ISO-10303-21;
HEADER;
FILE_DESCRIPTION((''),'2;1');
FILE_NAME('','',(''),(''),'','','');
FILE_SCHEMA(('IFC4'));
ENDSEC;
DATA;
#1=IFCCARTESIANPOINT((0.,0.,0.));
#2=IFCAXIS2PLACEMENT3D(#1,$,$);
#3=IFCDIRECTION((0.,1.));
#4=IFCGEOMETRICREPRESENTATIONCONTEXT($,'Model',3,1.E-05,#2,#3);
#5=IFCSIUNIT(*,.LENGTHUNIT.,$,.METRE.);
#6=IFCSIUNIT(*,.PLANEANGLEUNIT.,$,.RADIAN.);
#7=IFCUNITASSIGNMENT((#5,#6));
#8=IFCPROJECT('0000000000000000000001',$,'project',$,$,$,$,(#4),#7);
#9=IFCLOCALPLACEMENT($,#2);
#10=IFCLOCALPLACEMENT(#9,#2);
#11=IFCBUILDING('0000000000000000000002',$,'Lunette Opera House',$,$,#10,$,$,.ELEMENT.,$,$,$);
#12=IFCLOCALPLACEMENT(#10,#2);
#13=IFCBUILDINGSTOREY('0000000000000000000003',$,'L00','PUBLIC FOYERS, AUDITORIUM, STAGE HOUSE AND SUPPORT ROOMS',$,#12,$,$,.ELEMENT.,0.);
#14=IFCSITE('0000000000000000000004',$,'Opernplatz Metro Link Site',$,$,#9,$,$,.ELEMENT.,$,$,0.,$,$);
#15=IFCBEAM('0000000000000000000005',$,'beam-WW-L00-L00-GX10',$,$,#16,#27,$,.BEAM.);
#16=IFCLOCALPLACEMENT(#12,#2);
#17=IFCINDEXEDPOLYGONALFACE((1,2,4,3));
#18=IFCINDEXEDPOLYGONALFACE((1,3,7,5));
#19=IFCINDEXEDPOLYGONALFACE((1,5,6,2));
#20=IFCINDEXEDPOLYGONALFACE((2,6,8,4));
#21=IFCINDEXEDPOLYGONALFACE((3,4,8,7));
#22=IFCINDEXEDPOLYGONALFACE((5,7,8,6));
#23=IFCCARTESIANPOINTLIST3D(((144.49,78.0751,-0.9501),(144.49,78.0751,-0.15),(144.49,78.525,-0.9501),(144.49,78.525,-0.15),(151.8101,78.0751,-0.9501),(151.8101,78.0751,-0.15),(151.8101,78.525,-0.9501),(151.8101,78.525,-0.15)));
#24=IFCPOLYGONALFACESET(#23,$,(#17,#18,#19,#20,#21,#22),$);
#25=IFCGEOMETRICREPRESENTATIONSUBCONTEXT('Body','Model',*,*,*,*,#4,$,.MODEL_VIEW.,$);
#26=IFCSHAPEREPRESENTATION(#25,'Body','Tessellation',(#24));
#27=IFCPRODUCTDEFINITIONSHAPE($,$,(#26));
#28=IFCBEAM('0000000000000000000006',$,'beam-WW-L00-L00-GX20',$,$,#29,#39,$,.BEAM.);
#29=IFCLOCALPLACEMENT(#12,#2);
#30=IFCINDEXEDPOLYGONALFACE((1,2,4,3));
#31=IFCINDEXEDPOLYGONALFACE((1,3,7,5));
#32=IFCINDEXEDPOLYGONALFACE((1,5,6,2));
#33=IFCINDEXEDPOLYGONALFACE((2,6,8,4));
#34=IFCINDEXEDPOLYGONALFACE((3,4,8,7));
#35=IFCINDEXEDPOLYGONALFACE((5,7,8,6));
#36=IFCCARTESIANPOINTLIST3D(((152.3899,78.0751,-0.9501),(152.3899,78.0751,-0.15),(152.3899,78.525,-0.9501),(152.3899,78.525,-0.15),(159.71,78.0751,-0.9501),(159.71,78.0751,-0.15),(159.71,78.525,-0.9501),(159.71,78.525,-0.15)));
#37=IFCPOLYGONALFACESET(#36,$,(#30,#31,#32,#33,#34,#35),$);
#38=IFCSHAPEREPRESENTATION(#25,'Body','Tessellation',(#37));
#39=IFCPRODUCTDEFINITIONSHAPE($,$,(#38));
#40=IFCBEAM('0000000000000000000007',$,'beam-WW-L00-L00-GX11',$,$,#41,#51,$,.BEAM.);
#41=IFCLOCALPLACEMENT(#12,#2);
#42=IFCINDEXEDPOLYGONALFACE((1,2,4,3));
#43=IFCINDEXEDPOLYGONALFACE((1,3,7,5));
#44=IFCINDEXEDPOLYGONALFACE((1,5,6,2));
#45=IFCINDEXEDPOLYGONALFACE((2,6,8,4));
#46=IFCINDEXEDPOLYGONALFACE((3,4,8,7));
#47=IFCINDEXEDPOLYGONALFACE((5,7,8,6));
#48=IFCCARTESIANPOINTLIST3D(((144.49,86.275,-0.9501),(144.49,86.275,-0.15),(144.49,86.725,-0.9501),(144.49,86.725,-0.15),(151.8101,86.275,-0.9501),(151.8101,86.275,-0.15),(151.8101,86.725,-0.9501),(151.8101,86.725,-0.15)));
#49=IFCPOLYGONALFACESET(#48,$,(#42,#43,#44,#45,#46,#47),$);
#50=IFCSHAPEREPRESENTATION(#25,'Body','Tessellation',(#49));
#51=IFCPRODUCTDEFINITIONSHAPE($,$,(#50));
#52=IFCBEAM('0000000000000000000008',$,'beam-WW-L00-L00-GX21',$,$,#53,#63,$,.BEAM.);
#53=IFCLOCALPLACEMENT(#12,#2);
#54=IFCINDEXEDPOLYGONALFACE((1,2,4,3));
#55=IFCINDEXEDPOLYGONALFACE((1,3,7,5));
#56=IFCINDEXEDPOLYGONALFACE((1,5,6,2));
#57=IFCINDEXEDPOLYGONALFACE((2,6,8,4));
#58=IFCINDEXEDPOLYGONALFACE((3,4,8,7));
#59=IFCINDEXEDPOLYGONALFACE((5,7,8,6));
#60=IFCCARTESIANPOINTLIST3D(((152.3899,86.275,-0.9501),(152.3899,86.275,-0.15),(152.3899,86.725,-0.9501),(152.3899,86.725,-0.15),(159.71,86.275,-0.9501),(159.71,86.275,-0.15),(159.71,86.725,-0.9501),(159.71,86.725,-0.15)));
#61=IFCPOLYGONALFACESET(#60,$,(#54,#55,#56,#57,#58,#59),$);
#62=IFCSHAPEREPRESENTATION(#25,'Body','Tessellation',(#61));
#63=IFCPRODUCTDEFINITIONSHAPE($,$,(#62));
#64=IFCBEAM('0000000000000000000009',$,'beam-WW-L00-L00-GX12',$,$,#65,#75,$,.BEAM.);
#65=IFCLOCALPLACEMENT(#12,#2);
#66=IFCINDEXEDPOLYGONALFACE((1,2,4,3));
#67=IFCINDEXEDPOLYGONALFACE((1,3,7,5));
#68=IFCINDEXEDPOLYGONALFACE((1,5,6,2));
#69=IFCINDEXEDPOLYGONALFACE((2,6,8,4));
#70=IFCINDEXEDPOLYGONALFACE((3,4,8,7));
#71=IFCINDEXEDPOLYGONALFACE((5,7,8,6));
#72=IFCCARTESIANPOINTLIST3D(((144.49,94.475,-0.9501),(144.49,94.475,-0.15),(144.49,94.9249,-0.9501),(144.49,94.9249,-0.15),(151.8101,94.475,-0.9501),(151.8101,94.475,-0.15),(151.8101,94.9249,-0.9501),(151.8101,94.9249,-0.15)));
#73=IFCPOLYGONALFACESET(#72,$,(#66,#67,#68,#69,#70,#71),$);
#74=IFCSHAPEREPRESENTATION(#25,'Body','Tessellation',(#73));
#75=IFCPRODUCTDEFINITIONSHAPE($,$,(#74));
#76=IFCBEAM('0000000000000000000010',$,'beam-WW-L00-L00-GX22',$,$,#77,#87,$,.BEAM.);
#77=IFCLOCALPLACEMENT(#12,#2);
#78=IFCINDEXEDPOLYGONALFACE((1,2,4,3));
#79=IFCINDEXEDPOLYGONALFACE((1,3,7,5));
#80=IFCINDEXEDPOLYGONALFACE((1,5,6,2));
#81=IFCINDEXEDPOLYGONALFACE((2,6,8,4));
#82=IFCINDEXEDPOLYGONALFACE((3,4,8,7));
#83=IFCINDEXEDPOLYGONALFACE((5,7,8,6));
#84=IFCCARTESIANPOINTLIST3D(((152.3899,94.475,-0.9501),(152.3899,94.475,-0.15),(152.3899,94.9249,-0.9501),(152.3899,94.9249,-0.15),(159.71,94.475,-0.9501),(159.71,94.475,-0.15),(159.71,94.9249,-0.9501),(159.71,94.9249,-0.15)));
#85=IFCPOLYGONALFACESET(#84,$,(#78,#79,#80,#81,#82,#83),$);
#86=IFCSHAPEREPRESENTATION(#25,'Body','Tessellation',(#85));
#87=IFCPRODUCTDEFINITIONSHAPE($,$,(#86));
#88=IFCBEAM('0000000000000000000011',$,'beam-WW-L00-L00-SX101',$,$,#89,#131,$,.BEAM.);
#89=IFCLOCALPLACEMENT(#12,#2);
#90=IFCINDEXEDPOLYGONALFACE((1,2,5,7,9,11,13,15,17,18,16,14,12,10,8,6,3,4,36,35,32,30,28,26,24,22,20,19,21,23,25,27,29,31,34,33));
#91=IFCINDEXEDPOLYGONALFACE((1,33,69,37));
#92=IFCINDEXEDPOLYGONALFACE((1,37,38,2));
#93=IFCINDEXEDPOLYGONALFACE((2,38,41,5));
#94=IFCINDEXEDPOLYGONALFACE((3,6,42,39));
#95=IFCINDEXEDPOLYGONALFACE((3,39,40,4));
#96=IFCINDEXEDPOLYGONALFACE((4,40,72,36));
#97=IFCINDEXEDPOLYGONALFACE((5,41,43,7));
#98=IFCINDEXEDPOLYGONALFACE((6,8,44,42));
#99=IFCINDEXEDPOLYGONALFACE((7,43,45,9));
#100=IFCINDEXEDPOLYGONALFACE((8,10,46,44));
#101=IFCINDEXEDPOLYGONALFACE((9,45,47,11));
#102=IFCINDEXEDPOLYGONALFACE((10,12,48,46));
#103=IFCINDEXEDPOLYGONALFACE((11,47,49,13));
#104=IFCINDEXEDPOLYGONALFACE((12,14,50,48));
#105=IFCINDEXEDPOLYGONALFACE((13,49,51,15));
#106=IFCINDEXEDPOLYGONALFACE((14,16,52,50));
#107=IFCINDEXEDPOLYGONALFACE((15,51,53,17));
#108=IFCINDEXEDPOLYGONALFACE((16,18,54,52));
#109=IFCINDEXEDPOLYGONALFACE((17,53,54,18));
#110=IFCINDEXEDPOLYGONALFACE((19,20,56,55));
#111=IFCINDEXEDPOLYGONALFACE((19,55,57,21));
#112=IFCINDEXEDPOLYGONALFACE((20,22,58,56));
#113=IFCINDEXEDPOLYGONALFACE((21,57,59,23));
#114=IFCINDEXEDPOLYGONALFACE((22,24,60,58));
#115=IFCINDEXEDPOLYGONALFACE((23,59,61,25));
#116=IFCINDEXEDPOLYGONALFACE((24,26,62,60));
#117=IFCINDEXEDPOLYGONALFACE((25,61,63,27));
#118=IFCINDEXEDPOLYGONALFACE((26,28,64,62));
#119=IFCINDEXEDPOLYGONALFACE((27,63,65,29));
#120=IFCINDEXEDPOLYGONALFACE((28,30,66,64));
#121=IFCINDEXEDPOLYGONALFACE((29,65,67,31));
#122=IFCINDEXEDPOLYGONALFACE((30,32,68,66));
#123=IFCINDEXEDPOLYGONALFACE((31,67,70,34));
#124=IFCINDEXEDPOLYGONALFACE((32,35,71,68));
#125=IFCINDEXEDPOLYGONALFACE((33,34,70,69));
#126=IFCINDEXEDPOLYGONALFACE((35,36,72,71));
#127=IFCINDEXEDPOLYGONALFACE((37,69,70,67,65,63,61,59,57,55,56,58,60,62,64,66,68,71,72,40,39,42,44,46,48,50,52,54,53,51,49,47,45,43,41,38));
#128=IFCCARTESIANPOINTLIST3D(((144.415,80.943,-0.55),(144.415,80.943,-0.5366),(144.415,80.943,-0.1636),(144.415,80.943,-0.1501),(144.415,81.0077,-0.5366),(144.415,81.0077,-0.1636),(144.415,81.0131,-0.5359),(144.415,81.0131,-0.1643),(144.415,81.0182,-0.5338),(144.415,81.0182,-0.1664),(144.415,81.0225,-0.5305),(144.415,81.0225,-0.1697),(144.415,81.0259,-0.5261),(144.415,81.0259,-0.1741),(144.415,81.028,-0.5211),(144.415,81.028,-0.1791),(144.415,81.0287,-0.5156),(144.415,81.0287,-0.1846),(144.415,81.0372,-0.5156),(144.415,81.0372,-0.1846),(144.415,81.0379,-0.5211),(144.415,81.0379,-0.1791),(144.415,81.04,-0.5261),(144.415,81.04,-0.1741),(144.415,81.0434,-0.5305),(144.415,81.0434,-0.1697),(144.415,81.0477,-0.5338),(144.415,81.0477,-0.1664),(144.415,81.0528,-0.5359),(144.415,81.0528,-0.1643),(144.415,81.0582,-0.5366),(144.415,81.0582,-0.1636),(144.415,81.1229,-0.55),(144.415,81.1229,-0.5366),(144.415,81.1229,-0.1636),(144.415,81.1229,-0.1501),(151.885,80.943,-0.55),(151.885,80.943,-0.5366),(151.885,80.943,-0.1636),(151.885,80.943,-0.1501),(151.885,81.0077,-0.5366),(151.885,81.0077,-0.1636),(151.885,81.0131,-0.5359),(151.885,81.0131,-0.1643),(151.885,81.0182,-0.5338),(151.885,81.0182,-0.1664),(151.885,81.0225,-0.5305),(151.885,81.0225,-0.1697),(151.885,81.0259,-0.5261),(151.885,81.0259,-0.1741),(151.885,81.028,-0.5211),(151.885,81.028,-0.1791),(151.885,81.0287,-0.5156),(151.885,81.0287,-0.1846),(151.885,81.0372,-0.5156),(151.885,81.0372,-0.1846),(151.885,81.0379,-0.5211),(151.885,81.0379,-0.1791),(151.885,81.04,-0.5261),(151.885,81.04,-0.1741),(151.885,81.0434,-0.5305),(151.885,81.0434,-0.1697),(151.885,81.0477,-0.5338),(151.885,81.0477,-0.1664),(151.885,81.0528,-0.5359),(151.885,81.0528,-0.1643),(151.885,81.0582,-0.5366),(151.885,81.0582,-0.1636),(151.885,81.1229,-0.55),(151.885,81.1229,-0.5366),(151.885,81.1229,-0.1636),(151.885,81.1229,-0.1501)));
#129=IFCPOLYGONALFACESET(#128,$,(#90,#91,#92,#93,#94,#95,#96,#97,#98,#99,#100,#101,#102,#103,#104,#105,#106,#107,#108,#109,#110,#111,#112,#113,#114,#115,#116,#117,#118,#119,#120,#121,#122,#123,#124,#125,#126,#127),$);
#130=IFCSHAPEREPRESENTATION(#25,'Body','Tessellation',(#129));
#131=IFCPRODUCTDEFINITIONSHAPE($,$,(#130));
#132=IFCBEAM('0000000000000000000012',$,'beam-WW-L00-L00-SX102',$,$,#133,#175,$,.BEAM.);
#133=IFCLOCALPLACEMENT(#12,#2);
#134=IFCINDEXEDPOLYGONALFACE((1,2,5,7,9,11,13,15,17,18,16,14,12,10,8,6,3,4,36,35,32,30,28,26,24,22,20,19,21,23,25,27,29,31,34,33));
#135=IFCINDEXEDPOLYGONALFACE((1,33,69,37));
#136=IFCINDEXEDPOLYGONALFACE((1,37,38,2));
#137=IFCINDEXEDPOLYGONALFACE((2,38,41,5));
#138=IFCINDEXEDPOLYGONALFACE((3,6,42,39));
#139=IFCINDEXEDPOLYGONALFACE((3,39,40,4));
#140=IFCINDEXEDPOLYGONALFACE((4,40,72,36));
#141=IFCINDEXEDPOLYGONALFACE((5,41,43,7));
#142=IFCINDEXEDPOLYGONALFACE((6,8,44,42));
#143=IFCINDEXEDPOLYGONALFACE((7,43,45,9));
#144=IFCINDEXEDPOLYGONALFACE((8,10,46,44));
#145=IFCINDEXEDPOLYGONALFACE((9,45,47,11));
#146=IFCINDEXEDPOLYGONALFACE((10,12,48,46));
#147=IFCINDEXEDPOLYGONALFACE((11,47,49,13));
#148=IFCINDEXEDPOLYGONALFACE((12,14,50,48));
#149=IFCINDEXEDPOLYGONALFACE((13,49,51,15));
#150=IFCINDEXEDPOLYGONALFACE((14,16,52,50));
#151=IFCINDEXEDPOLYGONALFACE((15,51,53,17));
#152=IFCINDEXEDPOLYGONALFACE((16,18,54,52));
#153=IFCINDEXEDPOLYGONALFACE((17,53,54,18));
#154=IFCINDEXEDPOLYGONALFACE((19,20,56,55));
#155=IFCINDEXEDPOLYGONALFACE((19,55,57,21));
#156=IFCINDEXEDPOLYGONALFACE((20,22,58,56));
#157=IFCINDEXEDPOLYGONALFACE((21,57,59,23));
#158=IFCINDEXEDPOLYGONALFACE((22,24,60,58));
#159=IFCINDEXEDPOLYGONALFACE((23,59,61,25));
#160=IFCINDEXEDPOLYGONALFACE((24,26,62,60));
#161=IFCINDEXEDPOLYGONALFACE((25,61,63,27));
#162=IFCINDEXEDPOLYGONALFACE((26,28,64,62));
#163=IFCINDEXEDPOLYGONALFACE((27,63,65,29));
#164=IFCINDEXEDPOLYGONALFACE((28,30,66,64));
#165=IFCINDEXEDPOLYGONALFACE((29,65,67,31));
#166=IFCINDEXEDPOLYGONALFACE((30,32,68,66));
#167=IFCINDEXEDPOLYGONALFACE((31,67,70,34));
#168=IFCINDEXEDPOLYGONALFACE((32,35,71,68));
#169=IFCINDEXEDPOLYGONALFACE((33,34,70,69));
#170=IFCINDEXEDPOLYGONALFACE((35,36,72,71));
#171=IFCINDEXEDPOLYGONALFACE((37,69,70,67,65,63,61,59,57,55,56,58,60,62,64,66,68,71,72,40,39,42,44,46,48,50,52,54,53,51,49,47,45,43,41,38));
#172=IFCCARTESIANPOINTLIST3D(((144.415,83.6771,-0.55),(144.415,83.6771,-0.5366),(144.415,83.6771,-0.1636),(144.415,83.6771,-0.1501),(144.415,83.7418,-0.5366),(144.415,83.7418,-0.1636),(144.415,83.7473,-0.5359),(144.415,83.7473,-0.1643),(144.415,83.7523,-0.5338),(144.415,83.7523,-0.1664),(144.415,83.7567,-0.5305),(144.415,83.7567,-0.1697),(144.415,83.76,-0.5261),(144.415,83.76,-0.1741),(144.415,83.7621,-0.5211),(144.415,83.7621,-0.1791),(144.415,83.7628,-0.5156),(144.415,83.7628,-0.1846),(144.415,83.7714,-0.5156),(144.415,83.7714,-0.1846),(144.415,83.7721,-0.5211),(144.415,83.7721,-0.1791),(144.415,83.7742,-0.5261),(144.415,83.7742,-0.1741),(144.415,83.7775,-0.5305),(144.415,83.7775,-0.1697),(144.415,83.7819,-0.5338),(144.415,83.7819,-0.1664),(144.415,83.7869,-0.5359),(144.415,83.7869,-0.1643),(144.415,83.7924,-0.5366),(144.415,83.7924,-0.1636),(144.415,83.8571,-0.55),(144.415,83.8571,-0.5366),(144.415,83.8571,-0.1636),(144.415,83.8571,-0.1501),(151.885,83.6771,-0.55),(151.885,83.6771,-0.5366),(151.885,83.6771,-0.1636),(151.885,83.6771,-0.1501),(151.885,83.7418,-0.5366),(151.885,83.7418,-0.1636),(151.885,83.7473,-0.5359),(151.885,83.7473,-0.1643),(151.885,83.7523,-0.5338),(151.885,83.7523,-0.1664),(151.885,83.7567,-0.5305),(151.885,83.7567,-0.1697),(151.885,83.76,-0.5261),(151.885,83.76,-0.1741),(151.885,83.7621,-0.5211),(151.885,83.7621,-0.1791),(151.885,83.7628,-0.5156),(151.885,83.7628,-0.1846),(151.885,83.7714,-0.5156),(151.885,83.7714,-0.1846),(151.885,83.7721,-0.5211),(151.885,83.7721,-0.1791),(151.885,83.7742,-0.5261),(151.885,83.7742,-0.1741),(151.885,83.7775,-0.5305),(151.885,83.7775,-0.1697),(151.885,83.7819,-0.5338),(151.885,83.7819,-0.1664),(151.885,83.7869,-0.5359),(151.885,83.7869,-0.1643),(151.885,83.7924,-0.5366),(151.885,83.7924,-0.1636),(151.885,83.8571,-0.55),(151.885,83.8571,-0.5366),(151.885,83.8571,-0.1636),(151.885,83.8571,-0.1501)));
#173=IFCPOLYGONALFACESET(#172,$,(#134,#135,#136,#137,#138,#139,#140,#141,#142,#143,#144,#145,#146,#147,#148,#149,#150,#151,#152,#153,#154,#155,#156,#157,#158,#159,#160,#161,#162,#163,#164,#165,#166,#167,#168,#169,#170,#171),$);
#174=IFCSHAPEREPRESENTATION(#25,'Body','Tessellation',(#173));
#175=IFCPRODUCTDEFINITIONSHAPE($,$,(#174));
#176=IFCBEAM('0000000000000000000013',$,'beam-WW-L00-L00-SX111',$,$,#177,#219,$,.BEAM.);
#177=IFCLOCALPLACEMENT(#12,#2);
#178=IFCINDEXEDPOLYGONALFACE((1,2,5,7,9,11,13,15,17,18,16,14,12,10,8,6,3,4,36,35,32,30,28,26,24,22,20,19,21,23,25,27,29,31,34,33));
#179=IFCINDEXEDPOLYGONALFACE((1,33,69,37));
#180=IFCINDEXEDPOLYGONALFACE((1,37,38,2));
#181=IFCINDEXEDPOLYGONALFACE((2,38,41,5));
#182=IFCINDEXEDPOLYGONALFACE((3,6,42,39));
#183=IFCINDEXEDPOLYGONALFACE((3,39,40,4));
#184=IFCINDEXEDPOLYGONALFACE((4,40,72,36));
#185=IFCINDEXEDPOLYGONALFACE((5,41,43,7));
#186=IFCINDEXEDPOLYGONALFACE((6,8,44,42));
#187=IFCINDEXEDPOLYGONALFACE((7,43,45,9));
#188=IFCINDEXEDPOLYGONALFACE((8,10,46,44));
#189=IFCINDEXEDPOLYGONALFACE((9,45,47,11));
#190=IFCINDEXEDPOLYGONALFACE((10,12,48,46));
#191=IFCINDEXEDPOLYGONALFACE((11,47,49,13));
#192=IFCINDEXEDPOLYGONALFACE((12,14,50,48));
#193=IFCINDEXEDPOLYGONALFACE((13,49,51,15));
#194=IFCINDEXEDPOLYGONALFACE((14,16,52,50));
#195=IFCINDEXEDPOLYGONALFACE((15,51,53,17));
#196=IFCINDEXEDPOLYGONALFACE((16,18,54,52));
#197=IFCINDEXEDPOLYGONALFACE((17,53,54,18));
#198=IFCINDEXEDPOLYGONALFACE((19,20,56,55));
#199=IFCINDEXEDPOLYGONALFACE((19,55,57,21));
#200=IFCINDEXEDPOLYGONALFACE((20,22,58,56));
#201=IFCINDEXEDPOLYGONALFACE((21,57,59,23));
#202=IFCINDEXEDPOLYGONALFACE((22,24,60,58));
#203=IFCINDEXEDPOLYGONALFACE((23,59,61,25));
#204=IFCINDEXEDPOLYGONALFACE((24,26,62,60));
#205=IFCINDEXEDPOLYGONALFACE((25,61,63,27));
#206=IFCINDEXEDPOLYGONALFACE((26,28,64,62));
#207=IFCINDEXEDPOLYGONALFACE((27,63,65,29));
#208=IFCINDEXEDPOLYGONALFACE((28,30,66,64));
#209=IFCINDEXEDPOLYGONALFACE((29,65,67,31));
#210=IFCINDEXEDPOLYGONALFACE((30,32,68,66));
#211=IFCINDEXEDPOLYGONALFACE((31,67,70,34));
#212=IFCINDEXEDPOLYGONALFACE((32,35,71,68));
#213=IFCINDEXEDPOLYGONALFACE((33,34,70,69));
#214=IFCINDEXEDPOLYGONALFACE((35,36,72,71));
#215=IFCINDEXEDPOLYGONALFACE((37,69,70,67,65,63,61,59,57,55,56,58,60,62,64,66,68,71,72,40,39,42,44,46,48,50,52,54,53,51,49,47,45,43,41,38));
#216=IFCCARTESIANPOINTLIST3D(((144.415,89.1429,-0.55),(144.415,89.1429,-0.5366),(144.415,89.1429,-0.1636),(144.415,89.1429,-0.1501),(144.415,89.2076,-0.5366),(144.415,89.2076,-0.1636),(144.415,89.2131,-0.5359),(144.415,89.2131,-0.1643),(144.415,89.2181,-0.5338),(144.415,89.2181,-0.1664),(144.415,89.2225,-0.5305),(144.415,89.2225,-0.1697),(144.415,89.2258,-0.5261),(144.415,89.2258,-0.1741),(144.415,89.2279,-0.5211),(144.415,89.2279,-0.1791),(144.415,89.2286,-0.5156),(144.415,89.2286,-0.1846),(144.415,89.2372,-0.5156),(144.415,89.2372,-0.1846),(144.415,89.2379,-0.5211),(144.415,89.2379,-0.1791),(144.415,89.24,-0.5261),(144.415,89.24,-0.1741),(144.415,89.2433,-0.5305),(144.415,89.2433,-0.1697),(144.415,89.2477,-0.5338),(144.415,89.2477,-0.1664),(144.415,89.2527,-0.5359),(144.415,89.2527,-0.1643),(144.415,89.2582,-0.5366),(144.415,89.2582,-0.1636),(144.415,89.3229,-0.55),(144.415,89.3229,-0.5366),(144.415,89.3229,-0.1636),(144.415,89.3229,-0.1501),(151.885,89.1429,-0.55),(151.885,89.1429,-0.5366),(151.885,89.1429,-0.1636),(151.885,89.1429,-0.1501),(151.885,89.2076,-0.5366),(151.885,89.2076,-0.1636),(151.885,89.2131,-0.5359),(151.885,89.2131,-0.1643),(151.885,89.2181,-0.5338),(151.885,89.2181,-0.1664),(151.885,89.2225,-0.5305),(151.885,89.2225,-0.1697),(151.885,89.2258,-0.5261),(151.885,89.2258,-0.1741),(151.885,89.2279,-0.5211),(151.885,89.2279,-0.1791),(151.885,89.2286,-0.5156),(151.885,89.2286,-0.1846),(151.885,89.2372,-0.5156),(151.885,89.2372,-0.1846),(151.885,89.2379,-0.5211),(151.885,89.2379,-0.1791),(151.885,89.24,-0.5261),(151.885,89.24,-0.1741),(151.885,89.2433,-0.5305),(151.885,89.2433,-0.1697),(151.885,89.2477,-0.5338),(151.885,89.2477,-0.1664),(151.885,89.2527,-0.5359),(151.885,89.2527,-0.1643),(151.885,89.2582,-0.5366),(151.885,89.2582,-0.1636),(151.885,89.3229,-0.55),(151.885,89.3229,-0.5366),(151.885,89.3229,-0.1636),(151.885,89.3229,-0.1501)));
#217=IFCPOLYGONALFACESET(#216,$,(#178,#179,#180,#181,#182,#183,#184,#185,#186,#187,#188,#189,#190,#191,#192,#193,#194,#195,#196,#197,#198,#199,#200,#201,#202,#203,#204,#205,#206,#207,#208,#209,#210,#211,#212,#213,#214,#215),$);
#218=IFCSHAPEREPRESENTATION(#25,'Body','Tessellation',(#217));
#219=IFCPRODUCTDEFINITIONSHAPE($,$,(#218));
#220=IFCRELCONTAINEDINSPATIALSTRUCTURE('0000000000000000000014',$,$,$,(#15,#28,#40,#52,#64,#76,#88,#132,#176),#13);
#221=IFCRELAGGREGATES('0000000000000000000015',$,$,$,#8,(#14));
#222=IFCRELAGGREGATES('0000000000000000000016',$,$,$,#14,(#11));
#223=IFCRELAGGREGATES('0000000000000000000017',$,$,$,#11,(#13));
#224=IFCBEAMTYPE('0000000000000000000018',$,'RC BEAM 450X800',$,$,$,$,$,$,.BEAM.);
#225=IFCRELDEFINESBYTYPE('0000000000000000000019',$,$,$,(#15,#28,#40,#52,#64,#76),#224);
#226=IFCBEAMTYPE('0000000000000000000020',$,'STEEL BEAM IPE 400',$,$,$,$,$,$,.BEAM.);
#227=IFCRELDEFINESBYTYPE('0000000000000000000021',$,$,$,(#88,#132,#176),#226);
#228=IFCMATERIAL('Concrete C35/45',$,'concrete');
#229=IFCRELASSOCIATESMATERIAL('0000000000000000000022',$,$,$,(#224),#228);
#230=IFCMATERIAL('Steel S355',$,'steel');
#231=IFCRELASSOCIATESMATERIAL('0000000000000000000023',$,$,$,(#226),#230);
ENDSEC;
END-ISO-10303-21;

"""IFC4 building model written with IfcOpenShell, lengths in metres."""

from ifc_helpers import new_model, si_unit, direction, frame, origin, origin_2d, place, context, subcontext, project, spatial, rectangle, i_section, extrude, material, material_profile, profile_set, type_object, element, save


model = new_model("IFC4")

# Units and contexts
model_context = context("Model", 3, precision=1e-05, world=origin(), true_north=direction((0.0, 1.0)))
body_context = subcontext(model_context, "Body", "Model", "MODEL_VIEW")
ifc_project = project(units=[si_unit("LENGTHUNIT", "METRE"), si_unit("PLANEANGLEUNIT", "RADIAN")], contexts=[model_context])

# Site, building, storey
site_placement = place(None, origin())
site = spatial("IfcSite", under=ifc_project, at=site_placement, Name="Opernplatz Metro Link Site", CompositionType="ELEMENT", RefElevation=0.0)
building_placement = place(site_placement, origin())
building = spatial("IfcBuilding", under=site, at=building_placement, Name="Lunette Opera House", CompositionType="ELEMENT")
storey_placement = place(building_placement, origin())
storey = spatial("IfcBuildingStorey", under=building, at=storey_placement, Name="L00", Description="PUBLIC FOYERS, AUDITORIUM, STAGE HOUSE AND SUPPORT ROOMS", CompositionType="ELEMENT", Elevation=0.0)

# Beams
ifc_material_1 = material(Name="Concrete C35/45", Category="concrete")
ifc_material_profile_1 = material_profile(ifc_material_1, rectangle(XDim=0.45, YDim=0.8, at=origin_2d()), Name="RC BEAM 450X800")
ifc_profile_set_1 = profile_set([ifc_material_profile_1], Name="Concrete C35/45")
beam_type_1 = type_object("IfcBeamType", Name="RC BEAM 450X800", PredefinedType="BEAM", material=ifc_profile_set_1)
for number, where, z_axis, x_axis, name in (
    (1, (144.49, 78.3, -0.55), (1.0, 0.0, 0.0), (0.0, 1.0, 0.0), "beam-WW-L00-L00-GX10"),
    (2, (152.3899, 78.3, -0.55), (1.0, 0.0, 0.0), (0.0, 1.0, 0.0), "beam-WW-L00-L00-GX20"),
    (3, (144.49, 86.5, -0.55), (1.0, 0.0, 0.0), (0.0, 1.0, 0.0), "beam-WW-L00-L00-GX11"),
    (4, (152.3899, 86.5, -0.55), (1.0, 0.0, 0.0), (0.0, 1.0, 0.0), "beam-WW-L00-L00-GX21"),
    (5, (144.49, 94.7, -0.55), (1.0, 0.0, 0.0), (0.0, 1.0, 0.0), "beam-WW-L00-L00-GX12"),
    (6, (152.3899, 94.7, -0.55), (1.0, 0.0, 0.0), (0.0, 1.0, 0.0), "beam-WW-L00-L00-GX22"),
):
    element("IfcBeam", number, at=place(storey_placement, frame(where, z_axis=z_axis, x_axis=x_axis)), inside=storey, type_object=beam_type_1, Name=name, PredefinedType="BEAM", context=body_context, shape_type="SweptSolid", body=[
        extrude(rectangle(XDim=0.45, YDim=0.8, at=origin_2d()), origin(), (0.0, 0.0, 1.0), 7.3201),
    ])
ifc_material_2 = material(Name="Steel S355", Category="steel")
ifc_material_profile_2 = material_profile(ifc_material_2, i_section(OverallWidth=0.1799, OverallDepth=0.3999, WebThickness=0.0085, FlangeThickness=0.0134, FilletRadius=0.021, at=origin_2d()), Name="IPE 400")
ifc_profile_set_2 = profile_set([ifc_material_profile_2], Name="Steel S355")
beam_type_2 = type_object("IfcBeamType", Name="STEEL BEAM IPE 400", PredefinedType="BEAM", material=ifc_profile_set_2)
for number, where, z_axis, x_axis, name in (
    (7, (144.415, 81.033, -0.3501), (1.0, 0.0, 0.0), (0.0, 1.0, 0.0), "beam-WW-L00-L00-SX101"),
    (8, (144.415, 83.7671, -0.3501), (1.0, 0.0, 0.0), (0.0, 1.0, 0.0), "beam-WW-L00-L00-SX102"),
    (9, (144.415, 89.2329, -0.3501), (1.0, 0.0, 0.0), (0.0, 1.0, 0.0), "beam-WW-L00-L00-SX111"),
):
    element("IfcBeam", number, at=place(storey_placement, frame(where, z_axis=z_axis, x_axis=x_axis)), inside=storey, type_object=beam_type_2, Name=name, PredefinedType="BEAM", context=body_context, shape_type="SweptSolid", body=[
        extrude(i_section(OverallWidth=0.1799, OverallDepth=0.3999, WebThickness=0.0085, FlangeThickness=0.0134, FilletRadius=0.021, at=origin_2d()), origin(), (0.0, 0.0, 1.0), 7.47),
    ])

save(model, "model.ifc")
